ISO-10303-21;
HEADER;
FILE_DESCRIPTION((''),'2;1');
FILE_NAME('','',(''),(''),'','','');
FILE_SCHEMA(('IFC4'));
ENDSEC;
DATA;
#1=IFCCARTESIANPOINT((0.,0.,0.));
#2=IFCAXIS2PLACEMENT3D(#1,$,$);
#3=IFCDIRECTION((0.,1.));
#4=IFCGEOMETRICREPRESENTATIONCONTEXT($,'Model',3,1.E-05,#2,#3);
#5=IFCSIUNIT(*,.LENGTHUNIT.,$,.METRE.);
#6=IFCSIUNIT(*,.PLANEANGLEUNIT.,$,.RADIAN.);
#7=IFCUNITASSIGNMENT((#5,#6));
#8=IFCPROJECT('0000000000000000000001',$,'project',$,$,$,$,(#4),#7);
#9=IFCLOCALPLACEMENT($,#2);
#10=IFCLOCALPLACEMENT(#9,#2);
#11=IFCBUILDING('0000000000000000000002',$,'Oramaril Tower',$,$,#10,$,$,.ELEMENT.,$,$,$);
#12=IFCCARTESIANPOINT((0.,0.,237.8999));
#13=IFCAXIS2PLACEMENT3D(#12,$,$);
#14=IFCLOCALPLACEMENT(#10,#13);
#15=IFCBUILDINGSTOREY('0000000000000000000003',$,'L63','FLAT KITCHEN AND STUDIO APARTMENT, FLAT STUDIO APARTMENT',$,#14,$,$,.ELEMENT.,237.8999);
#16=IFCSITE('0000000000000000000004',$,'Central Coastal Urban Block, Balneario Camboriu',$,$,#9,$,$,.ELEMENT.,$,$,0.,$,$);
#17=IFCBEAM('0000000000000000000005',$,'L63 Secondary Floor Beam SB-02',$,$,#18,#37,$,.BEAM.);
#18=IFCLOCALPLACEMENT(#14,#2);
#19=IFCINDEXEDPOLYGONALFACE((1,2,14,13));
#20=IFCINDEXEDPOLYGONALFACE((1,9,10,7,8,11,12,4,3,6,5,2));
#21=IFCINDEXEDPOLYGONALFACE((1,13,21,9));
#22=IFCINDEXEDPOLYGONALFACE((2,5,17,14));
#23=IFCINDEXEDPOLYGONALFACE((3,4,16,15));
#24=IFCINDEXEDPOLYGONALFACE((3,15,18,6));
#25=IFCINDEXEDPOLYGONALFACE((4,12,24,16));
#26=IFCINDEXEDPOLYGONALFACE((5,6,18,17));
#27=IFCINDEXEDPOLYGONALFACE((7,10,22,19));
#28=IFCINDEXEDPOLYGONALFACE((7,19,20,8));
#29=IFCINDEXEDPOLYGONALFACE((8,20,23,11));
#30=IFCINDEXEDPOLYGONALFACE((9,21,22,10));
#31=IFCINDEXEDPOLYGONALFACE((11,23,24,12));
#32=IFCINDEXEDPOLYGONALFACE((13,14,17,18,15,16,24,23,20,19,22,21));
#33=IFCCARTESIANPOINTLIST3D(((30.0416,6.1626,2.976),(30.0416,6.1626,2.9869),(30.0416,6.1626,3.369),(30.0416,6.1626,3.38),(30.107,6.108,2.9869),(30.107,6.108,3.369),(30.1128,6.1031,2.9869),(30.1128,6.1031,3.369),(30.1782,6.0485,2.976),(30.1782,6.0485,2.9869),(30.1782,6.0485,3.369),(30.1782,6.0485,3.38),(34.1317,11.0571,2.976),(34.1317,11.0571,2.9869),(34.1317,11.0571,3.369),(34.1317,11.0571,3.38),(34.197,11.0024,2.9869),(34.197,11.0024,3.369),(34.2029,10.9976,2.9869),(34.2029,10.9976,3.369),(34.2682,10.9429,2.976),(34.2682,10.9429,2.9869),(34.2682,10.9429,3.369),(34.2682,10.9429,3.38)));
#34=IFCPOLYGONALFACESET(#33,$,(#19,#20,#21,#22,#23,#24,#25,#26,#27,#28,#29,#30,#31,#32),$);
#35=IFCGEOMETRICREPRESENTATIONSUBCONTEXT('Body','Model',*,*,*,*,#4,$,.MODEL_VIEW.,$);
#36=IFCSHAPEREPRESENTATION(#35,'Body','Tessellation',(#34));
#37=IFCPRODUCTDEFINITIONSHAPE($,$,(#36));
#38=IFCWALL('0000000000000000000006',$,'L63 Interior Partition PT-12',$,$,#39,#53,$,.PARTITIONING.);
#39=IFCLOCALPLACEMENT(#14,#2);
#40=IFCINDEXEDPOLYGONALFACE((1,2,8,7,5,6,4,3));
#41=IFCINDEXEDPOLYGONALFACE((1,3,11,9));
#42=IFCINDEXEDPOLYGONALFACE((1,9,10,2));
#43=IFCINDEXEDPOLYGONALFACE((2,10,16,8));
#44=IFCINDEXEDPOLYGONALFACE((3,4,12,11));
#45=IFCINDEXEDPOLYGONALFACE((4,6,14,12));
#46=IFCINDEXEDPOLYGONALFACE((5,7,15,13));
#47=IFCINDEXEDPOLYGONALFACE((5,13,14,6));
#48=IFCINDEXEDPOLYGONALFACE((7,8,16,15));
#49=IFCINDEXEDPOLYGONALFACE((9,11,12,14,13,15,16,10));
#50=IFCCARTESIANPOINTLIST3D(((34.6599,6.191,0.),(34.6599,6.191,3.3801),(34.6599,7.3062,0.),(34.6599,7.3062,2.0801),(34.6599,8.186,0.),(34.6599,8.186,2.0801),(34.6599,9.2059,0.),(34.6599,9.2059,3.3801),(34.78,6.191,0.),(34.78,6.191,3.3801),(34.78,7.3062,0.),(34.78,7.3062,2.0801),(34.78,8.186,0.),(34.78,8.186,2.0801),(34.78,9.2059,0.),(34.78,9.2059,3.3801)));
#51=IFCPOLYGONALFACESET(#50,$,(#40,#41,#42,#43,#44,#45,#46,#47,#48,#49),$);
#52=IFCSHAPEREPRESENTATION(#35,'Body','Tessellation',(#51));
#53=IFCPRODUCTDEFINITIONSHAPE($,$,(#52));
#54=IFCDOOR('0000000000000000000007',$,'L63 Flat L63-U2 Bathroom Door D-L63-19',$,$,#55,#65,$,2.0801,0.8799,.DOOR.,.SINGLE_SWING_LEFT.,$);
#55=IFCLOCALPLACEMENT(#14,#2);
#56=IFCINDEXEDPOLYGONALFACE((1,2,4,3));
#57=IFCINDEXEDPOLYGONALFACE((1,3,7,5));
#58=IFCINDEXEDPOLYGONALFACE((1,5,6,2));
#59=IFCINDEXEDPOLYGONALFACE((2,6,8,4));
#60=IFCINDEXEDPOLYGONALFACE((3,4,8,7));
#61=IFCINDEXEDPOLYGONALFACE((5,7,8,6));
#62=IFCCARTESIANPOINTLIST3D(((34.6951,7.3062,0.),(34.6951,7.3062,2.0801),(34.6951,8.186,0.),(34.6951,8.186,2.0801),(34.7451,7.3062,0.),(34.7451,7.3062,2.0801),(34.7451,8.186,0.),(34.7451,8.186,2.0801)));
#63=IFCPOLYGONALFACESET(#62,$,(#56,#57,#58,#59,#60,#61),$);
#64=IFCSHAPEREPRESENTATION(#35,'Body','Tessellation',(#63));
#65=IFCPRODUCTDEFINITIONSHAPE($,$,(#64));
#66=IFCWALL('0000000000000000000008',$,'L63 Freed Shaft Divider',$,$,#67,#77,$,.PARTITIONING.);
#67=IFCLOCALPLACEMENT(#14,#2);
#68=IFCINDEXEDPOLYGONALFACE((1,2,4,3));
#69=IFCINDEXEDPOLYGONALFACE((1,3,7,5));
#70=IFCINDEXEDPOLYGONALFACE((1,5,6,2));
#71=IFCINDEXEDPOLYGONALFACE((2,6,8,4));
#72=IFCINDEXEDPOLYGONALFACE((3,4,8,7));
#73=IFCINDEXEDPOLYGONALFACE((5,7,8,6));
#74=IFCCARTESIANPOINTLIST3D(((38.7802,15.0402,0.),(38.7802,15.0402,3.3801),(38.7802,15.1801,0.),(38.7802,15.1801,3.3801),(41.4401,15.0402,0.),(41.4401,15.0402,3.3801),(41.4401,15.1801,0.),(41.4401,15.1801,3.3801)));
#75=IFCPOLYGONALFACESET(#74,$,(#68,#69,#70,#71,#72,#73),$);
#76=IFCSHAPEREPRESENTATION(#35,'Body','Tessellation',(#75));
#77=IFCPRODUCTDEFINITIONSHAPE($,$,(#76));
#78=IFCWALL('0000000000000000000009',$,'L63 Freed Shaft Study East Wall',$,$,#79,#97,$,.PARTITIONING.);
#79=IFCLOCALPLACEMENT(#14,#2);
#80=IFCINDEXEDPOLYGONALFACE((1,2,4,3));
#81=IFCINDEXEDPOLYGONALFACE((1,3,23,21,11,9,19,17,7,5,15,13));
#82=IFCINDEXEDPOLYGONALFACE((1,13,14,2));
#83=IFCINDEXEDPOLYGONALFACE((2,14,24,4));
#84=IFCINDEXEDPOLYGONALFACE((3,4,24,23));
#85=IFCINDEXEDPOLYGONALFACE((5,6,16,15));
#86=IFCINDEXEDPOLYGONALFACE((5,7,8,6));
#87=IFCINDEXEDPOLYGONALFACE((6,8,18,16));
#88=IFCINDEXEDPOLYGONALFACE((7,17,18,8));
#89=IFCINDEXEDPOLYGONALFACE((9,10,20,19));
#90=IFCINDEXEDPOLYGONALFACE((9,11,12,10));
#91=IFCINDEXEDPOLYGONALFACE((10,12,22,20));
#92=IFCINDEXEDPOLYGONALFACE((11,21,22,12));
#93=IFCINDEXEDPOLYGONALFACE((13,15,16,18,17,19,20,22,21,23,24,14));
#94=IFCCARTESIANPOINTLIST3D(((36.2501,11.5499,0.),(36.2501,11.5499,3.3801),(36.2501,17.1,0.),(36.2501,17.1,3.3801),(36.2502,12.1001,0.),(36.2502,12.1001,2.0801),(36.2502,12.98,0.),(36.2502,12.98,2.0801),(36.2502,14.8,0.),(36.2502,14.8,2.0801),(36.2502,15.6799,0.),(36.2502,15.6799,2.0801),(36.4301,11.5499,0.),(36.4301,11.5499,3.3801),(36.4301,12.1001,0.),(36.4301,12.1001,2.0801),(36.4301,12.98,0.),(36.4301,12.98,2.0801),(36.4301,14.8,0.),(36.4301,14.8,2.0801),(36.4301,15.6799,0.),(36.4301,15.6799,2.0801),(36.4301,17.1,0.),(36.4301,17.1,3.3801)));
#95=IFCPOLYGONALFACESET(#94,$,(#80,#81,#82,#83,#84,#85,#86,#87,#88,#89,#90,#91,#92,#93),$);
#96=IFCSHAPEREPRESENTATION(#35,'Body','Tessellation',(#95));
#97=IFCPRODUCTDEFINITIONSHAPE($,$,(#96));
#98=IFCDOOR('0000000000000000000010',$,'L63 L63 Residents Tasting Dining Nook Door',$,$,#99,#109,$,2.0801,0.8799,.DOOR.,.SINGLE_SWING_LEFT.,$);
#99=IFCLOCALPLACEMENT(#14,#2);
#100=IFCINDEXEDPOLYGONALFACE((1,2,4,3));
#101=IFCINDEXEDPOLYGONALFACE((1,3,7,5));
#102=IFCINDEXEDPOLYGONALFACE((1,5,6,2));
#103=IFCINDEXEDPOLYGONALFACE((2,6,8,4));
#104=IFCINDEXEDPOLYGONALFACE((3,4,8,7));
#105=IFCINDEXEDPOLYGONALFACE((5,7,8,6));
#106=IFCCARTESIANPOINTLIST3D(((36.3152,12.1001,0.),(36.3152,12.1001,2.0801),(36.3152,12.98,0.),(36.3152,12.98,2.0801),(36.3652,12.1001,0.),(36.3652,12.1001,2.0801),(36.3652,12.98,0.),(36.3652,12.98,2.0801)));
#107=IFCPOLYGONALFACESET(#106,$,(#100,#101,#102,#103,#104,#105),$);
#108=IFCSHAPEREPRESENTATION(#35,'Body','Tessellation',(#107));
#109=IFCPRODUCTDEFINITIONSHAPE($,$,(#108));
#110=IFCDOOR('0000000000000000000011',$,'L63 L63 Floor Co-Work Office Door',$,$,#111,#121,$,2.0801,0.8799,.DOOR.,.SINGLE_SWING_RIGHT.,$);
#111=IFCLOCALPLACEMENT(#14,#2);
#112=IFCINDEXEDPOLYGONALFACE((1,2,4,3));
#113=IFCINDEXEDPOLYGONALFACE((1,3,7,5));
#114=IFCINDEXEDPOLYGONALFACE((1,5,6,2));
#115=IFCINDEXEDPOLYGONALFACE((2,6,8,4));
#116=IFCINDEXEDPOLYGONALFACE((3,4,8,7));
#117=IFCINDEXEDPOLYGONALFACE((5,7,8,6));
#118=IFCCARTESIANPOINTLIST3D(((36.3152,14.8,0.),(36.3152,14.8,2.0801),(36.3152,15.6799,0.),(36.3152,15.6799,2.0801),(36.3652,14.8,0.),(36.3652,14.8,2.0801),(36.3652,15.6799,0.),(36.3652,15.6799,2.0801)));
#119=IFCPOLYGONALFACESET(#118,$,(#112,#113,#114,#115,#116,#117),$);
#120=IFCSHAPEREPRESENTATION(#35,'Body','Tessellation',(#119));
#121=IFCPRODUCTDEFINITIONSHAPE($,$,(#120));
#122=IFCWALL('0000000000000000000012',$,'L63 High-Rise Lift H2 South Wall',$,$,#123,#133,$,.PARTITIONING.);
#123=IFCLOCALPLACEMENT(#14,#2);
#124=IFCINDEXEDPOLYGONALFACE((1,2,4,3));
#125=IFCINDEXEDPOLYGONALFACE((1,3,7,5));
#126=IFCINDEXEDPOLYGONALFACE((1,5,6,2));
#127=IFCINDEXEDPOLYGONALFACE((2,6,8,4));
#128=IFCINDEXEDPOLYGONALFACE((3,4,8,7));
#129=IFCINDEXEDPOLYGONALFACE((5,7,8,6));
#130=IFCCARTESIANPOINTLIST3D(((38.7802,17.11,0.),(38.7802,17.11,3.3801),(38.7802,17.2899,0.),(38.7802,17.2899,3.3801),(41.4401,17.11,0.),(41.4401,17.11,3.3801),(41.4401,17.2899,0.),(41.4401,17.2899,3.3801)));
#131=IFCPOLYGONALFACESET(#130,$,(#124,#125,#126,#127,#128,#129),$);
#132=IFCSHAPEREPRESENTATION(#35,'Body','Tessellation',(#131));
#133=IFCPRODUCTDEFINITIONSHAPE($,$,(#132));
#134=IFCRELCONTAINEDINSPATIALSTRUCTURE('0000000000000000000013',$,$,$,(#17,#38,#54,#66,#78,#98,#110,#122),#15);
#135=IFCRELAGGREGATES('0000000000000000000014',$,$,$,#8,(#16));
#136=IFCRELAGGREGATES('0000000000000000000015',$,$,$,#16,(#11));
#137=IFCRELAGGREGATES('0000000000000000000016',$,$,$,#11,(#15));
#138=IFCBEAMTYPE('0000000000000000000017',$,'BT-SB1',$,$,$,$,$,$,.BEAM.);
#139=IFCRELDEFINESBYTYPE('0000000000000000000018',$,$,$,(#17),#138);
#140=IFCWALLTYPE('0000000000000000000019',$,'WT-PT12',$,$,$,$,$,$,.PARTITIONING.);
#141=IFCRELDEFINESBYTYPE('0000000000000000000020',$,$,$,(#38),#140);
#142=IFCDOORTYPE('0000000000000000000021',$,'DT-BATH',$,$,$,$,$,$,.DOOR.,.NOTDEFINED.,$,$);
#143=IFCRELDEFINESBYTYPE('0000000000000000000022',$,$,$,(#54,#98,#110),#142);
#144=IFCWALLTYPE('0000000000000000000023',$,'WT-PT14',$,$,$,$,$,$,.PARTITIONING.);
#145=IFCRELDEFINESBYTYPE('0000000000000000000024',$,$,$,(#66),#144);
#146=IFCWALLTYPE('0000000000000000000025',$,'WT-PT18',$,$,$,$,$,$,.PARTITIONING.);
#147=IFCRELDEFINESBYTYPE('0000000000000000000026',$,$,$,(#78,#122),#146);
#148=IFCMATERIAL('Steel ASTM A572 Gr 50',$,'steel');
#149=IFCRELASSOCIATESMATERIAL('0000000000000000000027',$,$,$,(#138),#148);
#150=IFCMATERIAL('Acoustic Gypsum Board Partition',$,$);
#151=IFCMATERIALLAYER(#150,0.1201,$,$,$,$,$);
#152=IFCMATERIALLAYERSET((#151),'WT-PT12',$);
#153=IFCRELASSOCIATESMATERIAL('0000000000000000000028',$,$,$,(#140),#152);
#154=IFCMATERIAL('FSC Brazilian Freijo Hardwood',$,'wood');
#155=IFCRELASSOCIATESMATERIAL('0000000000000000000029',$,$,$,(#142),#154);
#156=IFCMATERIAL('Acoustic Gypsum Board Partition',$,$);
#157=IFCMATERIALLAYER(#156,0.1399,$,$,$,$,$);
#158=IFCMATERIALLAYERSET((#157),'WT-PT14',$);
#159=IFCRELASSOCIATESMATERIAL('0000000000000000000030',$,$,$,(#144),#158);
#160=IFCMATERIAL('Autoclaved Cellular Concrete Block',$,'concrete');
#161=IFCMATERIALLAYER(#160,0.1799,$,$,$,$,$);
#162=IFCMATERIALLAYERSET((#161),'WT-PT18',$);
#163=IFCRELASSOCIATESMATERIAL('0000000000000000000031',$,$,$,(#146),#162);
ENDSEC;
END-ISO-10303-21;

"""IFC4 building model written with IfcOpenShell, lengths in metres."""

from ifc_helpers import new_model, si_unit, direction, frame, frame_2d, origin, origin_2d, place, context, subcontext, project, spatial, rectangle, i_section, extrude, material, layer, layer_set, material_profile, profile_set, type_object, element, fill, save


model = new_model("IFC4")

# Units and contexts
model_context = context("Model", 3, precision=1e-05, world=origin(), true_north=direction((0.0, 1.0)))
body_context = subcontext(model_context, "Body", "Model", "MODEL_VIEW")
ifc_project = project(units=[si_unit("LENGTHUNIT", "METRE"), si_unit("PLANEANGLEUNIT", "RADIAN")], contexts=[model_context])

# Site, building, storey
site_placement = place(None, origin())
site = spatial("IfcSite", under=ifc_project, at=site_placement, Name="Central Coastal Urban Block, Balneario Camboriu", CompositionType="ELEMENT", RefElevation=0.0)
building_placement = place(site_placement, origin())
building = spatial("IfcBuilding", under=site, at=building_placement, Name="Oramaril Tower", CompositionType="ELEMENT")
storey_placement = place(building_placement, frame((0.0, 0.0, 237.8999)))
storey = spatial("IfcBuildingStorey", under=building, at=storey_placement, Name="L63", Description="FLAT KITCHEN AND STUDIO APARTMENT, FLAT STUDIO APARTMENT", CompositionType="ELEMENT", Elevation=237.8999)

# Beam
ifc_material_1 = material(Name="Steel ASTM A572 Gr 50", Category="steel")
ifc_material_profile = material_profile(ifc_material_1, i_section(OverallWidth=0.178, OverallDepth=0.4041, WebThickness=0.0076, FlangeThickness=0.011, at=origin_2d()), Name="W16X36")
ifc_profile_set = profile_set([ifc_material_profile], Name="Steel ASTM A572 Gr 50")
beam_type = type_object("IfcBeamType", Name="BT-SB1", PredefinedType="BEAM", material=ifc_profile_set)
beam_placement = place(storey_placement, frame((34.2, 11.0, 3.178), z_axis=(-0.64123, -0.767348, 0.0), x_axis=(0.767348, -0.64123, 0.0)))
element("IfcBeam", 1, at=beam_placement, inside=storey, type_object=beam_type, Name="L63 Secondary Floor Beam SB-02", PredefinedType="BEAM", context=body_context, shape_type="SweptSolid", body=[
    extrude(i_section(OverallWidth=0.178, OverallDepth=0.4041, WebThickness=0.0076, FlangeThickness=0.011, at=origin_2d()), origin(), (0.0, 0.0, 1.0), 6.3784),
])

# Wall, opening, door
ifc_material_2 = material(Name="Acoustic Gypsum Board Partition")
ifc_layer_1 = layer(ifc_material_2, 0.1201)
ifc_layer_set_1 = layer_set([ifc_layer_1], Name="WT-PT12")
wall_type_1 = type_object("IfcWallType", Name="WT-PT12", PredefinedType="PARTITIONING", material=ifc_layer_set_1)
wall_1_placement = place(storey_placement, frame((34.72, 6.1912, 0.0), z_axis=(0.0, 0.0, 1.0), x_axis=(0.0, 1.0, 0.0)))
wall_1 = element("IfcWall", 2, at=wall_1_placement, inside=storey, type_object=wall_type_1, Name="L63 Interior Partition PT-12", PredefinedType="PARTITIONING", context=body_context, shape_type="SweptSolid", body=[
    extrude(rectangle(XDim=3.0149, YDim=0.1201, at=frame_2d((1.5073, 0.0))), origin(), (0.0, 0.0, 1.0), 3.3801),
])
opening_1_placement = place(wall_1_placement, frame((1.115, 0.0, 0.0)))
opening_1 = element("IfcOpeningElement", 3, at=opening_1_placement, cuts=wall_1, PredefinedType="OPENING", context=body_context, shape_type="SweptSolid", body=[
    extrude(rectangle(XDim=0.8799, YDim=2.0801, at=frame_2d((0.4399, 1.04))), frame((0.0, 0.0601, 0.0), z_axis=(0.0, -1.0, 0.0), x_axis=(1.0, 0.0, 0.0)), (0.0, 0.0, 1.0), 0.1201),
])
ifc_material_3 = material(Name="FSC Brazilian Freijo Hardwood", Category="wood")
door_type_1 = type_object("IfcDoorType", Name="DT-BATH", OperationType="NOTDEFINED", PredefinedType="DOOR", material=ifc_material_3)
door_1_placement = place(opening_1_placement, origin())
door_1 = element("IfcDoor", 4, at=door_1_placement, inside=storey, type_object=door_type_1, Name="L63 Flat L63-U2 Bathroom Door D-L63-19", OperationType="SINGLE_SWING_LEFT", OverallHeight=2.0801, OverallWidth=0.8799, PredefinedType="DOOR", context=body_context, shape_type="SweptSolid", body=[
    extrude(rectangle(XDim=0.8799, YDim=2.0801, at=frame_2d((0.4399, 1.04))), frame((0.0, 0.0249, 0.0), z_axis=(0.0, -1.0, 0.0), x_axis=(1.0, 0.0, 0.0)), (0.0, 0.0, 1.0), 0.05),
])
fill(opening_1, door_1)

# Wall
ifc_material_4 = material(Name="Acoustic Gypsum Board Partition")
ifc_layer_2 = layer(ifc_material_4, 0.1399)
ifc_layer_set_2 = layer_set([ifc_layer_2], Name="WT-PT14")
wall_type_2 = type_object("IfcWallType", Name="WT-PT14", PredefinedType="PARTITIONING", material=ifc_layer_set_2)
wall_2_placement = place(storey_placement, frame((38.78, 15.1101, 0.0), z_axis=(0.0, 0.0, 1.0), x_axis=(1.0, 0.0, 0.0)))
element("IfcWall", 5, at=wall_2_placement, inside=storey, type_object=wall_type_2, Name="L63 Freed Shaft Divider", PredefinedType="PARTITIONING", context=body_context, shape_type="SweptSolid", body=[
    extrude(rectangle(XDim=2.6599, YDim=0.1399, at=frame_2d((1.3301, 0.0))), origin(), (0.0, 0.0, 1.0), 3.3801),
])

# Wall, openings, doors
ifc_material_5 = material(Name="Autoclaved Cellular Concrete Block", Category="concrete")
ifc_layer_3 = layer(ifc_material_5, 0.1799)
ifc_layer_set_3 = layer_set([ifc_layer_3], Name="WT-PT18")
wall_type_3 = type_object("IfcWallType", Name="WT-PT18", PredefinedType="PARTITIONING", material=ifc_layer_set_3)
wall_3_placement = place(storey_placement, frame((36.3401, 11.55, 0.0), z_axis=(0.0, 0.0, 1.0), x_axis=(0.0, 1.0, 0.0)))
wall_3 = element("IfcWall", 6, at=wall_3_placement, inside=storey, type_object=wall_type_3, Name="L63 Freed Shaft Study East Wall", PredefinedType="PARTITIONING", context=body_context, shape_type="SweptSolid", body=[
    extrude(rectangle(XDim=5.55, YDim=0.1799, at=frame_2d((2.7749, 0.0))), origin(), (0.0, 0.0, 1.0), 3.3801),
])
opening_2_placement = place(wall_3_placement, frame((0.55, 0.0, 0.0)))
opening_2 = element("IfcOpeningElement", 7, at=opening_2_placement, cuts=wall_3, PredefinedType="OPENING", context=body_context, shape_type="SweptSolid", body=[
    extrude(rectangle(XDim=0.8799, YDim=2.0801, at=frame_2d((0.4399, 1.04))), frame((0.0, 0.0898, 0.0), z_axis=(0.0, -1.0, 0.0), x_axis=(1.0, 0.0, 0.0)), (0.0, 0.0, 1.0), 0.1799),
])
opening_3_placement = place(wall_3_placement, frame((3.25, 0.0, 0.0)))
opening_3 = element("IfcOpeningElement", 8, at=opening_3_placement, cuts=wall_3, PredefinedType="OPENING", context=body_context, shape_type="SweptSolid", body=[
    extrude(rectangle(XDim=0.8799, YDim=2.0801, at=frame_2d((0.4399, 1.04))), frame((0.0, 0.0898, 0.0), z_axis=(0.0, -1.0, 0.0), x_axis=(1.0, 0.0, 0.0)), (0.0, 0.0, 1.0), 0.1799),
])
door_2_placement = place(opening_2_placement, origin())
door_2 = element("IfcDoor", 9, at=door_2_placement, inside=storey, type_object=door_type_1, Name="L63 L63 Residents Tasting Dining Nook Door", OperationType="SINGLE_SWING_LEFT", OverallHeight=2.0801, OverallWidth=0.8799, PredefinedType="DOOR", context=body_context, shape_type="SweptSolid", body=[
    extrude(rectangle(XDim=0.8799, YDim=2.0801, at=frame_2d((0.4399, 1.04))), frame((0.0, 0.0249, 0.0), z_axis=(0.0, -1.0, 0.0), x_axis=(1.0, 0.0, 0.0)), (0.0, 0.0, 1.0), 0.05),
])
fill(opening_2, door_2)
door_3_placement = place(opening_3_placement, origin())
door_3 = element("IfcDoor", 10, at=door_3_placement, inside=storey, type_object=door_type_1, Name="L63 L63 Floor Co-Work Office Door", OperationType="SINGLE_SWING_RIGHT", OverallHeight=2.0801, OverallWidth=0.8799, PredefinedType="DOOR", context=body_context, shape_type="SweptSolid", body=[
    extrude(rectangle(XDim=0.8799, YDim=2.0801, at=frame_2d((0.4399, 1.04))), frame((0.0, 0.0249, 0.0), z_axis=(0.0, -1.0, 0.0), x_axis=(1.0, 0.0, 0.0)), (0.0, 0.0, 1.0), 0.05),
])
fill(opening_3, door_3)

# Wall
wall_4_placement = place(storey_placement, frame((38.78, 17.2, 0.0), z_axis=(0.0, 0.0, 1.0), x_axis=(1.0, 0.0, 0.0)))
element("IfcWall", 11, at=wall_4_placement, inside=storey, type_object=wall_type_3, Name="L63 High-Rise Lift H2 South Wall", PredefinedType="PARTITIONING", context=body_context, shape_type="SweptSolid", body=[
    extrude(rectangle(XDim=2.6599, YDim=0.1799, at=frame_2d((1.3301, 0.0))), origin(), (0.0, 0.0, 1.0), 3.3801),
])

save(model, "model.ifc")
